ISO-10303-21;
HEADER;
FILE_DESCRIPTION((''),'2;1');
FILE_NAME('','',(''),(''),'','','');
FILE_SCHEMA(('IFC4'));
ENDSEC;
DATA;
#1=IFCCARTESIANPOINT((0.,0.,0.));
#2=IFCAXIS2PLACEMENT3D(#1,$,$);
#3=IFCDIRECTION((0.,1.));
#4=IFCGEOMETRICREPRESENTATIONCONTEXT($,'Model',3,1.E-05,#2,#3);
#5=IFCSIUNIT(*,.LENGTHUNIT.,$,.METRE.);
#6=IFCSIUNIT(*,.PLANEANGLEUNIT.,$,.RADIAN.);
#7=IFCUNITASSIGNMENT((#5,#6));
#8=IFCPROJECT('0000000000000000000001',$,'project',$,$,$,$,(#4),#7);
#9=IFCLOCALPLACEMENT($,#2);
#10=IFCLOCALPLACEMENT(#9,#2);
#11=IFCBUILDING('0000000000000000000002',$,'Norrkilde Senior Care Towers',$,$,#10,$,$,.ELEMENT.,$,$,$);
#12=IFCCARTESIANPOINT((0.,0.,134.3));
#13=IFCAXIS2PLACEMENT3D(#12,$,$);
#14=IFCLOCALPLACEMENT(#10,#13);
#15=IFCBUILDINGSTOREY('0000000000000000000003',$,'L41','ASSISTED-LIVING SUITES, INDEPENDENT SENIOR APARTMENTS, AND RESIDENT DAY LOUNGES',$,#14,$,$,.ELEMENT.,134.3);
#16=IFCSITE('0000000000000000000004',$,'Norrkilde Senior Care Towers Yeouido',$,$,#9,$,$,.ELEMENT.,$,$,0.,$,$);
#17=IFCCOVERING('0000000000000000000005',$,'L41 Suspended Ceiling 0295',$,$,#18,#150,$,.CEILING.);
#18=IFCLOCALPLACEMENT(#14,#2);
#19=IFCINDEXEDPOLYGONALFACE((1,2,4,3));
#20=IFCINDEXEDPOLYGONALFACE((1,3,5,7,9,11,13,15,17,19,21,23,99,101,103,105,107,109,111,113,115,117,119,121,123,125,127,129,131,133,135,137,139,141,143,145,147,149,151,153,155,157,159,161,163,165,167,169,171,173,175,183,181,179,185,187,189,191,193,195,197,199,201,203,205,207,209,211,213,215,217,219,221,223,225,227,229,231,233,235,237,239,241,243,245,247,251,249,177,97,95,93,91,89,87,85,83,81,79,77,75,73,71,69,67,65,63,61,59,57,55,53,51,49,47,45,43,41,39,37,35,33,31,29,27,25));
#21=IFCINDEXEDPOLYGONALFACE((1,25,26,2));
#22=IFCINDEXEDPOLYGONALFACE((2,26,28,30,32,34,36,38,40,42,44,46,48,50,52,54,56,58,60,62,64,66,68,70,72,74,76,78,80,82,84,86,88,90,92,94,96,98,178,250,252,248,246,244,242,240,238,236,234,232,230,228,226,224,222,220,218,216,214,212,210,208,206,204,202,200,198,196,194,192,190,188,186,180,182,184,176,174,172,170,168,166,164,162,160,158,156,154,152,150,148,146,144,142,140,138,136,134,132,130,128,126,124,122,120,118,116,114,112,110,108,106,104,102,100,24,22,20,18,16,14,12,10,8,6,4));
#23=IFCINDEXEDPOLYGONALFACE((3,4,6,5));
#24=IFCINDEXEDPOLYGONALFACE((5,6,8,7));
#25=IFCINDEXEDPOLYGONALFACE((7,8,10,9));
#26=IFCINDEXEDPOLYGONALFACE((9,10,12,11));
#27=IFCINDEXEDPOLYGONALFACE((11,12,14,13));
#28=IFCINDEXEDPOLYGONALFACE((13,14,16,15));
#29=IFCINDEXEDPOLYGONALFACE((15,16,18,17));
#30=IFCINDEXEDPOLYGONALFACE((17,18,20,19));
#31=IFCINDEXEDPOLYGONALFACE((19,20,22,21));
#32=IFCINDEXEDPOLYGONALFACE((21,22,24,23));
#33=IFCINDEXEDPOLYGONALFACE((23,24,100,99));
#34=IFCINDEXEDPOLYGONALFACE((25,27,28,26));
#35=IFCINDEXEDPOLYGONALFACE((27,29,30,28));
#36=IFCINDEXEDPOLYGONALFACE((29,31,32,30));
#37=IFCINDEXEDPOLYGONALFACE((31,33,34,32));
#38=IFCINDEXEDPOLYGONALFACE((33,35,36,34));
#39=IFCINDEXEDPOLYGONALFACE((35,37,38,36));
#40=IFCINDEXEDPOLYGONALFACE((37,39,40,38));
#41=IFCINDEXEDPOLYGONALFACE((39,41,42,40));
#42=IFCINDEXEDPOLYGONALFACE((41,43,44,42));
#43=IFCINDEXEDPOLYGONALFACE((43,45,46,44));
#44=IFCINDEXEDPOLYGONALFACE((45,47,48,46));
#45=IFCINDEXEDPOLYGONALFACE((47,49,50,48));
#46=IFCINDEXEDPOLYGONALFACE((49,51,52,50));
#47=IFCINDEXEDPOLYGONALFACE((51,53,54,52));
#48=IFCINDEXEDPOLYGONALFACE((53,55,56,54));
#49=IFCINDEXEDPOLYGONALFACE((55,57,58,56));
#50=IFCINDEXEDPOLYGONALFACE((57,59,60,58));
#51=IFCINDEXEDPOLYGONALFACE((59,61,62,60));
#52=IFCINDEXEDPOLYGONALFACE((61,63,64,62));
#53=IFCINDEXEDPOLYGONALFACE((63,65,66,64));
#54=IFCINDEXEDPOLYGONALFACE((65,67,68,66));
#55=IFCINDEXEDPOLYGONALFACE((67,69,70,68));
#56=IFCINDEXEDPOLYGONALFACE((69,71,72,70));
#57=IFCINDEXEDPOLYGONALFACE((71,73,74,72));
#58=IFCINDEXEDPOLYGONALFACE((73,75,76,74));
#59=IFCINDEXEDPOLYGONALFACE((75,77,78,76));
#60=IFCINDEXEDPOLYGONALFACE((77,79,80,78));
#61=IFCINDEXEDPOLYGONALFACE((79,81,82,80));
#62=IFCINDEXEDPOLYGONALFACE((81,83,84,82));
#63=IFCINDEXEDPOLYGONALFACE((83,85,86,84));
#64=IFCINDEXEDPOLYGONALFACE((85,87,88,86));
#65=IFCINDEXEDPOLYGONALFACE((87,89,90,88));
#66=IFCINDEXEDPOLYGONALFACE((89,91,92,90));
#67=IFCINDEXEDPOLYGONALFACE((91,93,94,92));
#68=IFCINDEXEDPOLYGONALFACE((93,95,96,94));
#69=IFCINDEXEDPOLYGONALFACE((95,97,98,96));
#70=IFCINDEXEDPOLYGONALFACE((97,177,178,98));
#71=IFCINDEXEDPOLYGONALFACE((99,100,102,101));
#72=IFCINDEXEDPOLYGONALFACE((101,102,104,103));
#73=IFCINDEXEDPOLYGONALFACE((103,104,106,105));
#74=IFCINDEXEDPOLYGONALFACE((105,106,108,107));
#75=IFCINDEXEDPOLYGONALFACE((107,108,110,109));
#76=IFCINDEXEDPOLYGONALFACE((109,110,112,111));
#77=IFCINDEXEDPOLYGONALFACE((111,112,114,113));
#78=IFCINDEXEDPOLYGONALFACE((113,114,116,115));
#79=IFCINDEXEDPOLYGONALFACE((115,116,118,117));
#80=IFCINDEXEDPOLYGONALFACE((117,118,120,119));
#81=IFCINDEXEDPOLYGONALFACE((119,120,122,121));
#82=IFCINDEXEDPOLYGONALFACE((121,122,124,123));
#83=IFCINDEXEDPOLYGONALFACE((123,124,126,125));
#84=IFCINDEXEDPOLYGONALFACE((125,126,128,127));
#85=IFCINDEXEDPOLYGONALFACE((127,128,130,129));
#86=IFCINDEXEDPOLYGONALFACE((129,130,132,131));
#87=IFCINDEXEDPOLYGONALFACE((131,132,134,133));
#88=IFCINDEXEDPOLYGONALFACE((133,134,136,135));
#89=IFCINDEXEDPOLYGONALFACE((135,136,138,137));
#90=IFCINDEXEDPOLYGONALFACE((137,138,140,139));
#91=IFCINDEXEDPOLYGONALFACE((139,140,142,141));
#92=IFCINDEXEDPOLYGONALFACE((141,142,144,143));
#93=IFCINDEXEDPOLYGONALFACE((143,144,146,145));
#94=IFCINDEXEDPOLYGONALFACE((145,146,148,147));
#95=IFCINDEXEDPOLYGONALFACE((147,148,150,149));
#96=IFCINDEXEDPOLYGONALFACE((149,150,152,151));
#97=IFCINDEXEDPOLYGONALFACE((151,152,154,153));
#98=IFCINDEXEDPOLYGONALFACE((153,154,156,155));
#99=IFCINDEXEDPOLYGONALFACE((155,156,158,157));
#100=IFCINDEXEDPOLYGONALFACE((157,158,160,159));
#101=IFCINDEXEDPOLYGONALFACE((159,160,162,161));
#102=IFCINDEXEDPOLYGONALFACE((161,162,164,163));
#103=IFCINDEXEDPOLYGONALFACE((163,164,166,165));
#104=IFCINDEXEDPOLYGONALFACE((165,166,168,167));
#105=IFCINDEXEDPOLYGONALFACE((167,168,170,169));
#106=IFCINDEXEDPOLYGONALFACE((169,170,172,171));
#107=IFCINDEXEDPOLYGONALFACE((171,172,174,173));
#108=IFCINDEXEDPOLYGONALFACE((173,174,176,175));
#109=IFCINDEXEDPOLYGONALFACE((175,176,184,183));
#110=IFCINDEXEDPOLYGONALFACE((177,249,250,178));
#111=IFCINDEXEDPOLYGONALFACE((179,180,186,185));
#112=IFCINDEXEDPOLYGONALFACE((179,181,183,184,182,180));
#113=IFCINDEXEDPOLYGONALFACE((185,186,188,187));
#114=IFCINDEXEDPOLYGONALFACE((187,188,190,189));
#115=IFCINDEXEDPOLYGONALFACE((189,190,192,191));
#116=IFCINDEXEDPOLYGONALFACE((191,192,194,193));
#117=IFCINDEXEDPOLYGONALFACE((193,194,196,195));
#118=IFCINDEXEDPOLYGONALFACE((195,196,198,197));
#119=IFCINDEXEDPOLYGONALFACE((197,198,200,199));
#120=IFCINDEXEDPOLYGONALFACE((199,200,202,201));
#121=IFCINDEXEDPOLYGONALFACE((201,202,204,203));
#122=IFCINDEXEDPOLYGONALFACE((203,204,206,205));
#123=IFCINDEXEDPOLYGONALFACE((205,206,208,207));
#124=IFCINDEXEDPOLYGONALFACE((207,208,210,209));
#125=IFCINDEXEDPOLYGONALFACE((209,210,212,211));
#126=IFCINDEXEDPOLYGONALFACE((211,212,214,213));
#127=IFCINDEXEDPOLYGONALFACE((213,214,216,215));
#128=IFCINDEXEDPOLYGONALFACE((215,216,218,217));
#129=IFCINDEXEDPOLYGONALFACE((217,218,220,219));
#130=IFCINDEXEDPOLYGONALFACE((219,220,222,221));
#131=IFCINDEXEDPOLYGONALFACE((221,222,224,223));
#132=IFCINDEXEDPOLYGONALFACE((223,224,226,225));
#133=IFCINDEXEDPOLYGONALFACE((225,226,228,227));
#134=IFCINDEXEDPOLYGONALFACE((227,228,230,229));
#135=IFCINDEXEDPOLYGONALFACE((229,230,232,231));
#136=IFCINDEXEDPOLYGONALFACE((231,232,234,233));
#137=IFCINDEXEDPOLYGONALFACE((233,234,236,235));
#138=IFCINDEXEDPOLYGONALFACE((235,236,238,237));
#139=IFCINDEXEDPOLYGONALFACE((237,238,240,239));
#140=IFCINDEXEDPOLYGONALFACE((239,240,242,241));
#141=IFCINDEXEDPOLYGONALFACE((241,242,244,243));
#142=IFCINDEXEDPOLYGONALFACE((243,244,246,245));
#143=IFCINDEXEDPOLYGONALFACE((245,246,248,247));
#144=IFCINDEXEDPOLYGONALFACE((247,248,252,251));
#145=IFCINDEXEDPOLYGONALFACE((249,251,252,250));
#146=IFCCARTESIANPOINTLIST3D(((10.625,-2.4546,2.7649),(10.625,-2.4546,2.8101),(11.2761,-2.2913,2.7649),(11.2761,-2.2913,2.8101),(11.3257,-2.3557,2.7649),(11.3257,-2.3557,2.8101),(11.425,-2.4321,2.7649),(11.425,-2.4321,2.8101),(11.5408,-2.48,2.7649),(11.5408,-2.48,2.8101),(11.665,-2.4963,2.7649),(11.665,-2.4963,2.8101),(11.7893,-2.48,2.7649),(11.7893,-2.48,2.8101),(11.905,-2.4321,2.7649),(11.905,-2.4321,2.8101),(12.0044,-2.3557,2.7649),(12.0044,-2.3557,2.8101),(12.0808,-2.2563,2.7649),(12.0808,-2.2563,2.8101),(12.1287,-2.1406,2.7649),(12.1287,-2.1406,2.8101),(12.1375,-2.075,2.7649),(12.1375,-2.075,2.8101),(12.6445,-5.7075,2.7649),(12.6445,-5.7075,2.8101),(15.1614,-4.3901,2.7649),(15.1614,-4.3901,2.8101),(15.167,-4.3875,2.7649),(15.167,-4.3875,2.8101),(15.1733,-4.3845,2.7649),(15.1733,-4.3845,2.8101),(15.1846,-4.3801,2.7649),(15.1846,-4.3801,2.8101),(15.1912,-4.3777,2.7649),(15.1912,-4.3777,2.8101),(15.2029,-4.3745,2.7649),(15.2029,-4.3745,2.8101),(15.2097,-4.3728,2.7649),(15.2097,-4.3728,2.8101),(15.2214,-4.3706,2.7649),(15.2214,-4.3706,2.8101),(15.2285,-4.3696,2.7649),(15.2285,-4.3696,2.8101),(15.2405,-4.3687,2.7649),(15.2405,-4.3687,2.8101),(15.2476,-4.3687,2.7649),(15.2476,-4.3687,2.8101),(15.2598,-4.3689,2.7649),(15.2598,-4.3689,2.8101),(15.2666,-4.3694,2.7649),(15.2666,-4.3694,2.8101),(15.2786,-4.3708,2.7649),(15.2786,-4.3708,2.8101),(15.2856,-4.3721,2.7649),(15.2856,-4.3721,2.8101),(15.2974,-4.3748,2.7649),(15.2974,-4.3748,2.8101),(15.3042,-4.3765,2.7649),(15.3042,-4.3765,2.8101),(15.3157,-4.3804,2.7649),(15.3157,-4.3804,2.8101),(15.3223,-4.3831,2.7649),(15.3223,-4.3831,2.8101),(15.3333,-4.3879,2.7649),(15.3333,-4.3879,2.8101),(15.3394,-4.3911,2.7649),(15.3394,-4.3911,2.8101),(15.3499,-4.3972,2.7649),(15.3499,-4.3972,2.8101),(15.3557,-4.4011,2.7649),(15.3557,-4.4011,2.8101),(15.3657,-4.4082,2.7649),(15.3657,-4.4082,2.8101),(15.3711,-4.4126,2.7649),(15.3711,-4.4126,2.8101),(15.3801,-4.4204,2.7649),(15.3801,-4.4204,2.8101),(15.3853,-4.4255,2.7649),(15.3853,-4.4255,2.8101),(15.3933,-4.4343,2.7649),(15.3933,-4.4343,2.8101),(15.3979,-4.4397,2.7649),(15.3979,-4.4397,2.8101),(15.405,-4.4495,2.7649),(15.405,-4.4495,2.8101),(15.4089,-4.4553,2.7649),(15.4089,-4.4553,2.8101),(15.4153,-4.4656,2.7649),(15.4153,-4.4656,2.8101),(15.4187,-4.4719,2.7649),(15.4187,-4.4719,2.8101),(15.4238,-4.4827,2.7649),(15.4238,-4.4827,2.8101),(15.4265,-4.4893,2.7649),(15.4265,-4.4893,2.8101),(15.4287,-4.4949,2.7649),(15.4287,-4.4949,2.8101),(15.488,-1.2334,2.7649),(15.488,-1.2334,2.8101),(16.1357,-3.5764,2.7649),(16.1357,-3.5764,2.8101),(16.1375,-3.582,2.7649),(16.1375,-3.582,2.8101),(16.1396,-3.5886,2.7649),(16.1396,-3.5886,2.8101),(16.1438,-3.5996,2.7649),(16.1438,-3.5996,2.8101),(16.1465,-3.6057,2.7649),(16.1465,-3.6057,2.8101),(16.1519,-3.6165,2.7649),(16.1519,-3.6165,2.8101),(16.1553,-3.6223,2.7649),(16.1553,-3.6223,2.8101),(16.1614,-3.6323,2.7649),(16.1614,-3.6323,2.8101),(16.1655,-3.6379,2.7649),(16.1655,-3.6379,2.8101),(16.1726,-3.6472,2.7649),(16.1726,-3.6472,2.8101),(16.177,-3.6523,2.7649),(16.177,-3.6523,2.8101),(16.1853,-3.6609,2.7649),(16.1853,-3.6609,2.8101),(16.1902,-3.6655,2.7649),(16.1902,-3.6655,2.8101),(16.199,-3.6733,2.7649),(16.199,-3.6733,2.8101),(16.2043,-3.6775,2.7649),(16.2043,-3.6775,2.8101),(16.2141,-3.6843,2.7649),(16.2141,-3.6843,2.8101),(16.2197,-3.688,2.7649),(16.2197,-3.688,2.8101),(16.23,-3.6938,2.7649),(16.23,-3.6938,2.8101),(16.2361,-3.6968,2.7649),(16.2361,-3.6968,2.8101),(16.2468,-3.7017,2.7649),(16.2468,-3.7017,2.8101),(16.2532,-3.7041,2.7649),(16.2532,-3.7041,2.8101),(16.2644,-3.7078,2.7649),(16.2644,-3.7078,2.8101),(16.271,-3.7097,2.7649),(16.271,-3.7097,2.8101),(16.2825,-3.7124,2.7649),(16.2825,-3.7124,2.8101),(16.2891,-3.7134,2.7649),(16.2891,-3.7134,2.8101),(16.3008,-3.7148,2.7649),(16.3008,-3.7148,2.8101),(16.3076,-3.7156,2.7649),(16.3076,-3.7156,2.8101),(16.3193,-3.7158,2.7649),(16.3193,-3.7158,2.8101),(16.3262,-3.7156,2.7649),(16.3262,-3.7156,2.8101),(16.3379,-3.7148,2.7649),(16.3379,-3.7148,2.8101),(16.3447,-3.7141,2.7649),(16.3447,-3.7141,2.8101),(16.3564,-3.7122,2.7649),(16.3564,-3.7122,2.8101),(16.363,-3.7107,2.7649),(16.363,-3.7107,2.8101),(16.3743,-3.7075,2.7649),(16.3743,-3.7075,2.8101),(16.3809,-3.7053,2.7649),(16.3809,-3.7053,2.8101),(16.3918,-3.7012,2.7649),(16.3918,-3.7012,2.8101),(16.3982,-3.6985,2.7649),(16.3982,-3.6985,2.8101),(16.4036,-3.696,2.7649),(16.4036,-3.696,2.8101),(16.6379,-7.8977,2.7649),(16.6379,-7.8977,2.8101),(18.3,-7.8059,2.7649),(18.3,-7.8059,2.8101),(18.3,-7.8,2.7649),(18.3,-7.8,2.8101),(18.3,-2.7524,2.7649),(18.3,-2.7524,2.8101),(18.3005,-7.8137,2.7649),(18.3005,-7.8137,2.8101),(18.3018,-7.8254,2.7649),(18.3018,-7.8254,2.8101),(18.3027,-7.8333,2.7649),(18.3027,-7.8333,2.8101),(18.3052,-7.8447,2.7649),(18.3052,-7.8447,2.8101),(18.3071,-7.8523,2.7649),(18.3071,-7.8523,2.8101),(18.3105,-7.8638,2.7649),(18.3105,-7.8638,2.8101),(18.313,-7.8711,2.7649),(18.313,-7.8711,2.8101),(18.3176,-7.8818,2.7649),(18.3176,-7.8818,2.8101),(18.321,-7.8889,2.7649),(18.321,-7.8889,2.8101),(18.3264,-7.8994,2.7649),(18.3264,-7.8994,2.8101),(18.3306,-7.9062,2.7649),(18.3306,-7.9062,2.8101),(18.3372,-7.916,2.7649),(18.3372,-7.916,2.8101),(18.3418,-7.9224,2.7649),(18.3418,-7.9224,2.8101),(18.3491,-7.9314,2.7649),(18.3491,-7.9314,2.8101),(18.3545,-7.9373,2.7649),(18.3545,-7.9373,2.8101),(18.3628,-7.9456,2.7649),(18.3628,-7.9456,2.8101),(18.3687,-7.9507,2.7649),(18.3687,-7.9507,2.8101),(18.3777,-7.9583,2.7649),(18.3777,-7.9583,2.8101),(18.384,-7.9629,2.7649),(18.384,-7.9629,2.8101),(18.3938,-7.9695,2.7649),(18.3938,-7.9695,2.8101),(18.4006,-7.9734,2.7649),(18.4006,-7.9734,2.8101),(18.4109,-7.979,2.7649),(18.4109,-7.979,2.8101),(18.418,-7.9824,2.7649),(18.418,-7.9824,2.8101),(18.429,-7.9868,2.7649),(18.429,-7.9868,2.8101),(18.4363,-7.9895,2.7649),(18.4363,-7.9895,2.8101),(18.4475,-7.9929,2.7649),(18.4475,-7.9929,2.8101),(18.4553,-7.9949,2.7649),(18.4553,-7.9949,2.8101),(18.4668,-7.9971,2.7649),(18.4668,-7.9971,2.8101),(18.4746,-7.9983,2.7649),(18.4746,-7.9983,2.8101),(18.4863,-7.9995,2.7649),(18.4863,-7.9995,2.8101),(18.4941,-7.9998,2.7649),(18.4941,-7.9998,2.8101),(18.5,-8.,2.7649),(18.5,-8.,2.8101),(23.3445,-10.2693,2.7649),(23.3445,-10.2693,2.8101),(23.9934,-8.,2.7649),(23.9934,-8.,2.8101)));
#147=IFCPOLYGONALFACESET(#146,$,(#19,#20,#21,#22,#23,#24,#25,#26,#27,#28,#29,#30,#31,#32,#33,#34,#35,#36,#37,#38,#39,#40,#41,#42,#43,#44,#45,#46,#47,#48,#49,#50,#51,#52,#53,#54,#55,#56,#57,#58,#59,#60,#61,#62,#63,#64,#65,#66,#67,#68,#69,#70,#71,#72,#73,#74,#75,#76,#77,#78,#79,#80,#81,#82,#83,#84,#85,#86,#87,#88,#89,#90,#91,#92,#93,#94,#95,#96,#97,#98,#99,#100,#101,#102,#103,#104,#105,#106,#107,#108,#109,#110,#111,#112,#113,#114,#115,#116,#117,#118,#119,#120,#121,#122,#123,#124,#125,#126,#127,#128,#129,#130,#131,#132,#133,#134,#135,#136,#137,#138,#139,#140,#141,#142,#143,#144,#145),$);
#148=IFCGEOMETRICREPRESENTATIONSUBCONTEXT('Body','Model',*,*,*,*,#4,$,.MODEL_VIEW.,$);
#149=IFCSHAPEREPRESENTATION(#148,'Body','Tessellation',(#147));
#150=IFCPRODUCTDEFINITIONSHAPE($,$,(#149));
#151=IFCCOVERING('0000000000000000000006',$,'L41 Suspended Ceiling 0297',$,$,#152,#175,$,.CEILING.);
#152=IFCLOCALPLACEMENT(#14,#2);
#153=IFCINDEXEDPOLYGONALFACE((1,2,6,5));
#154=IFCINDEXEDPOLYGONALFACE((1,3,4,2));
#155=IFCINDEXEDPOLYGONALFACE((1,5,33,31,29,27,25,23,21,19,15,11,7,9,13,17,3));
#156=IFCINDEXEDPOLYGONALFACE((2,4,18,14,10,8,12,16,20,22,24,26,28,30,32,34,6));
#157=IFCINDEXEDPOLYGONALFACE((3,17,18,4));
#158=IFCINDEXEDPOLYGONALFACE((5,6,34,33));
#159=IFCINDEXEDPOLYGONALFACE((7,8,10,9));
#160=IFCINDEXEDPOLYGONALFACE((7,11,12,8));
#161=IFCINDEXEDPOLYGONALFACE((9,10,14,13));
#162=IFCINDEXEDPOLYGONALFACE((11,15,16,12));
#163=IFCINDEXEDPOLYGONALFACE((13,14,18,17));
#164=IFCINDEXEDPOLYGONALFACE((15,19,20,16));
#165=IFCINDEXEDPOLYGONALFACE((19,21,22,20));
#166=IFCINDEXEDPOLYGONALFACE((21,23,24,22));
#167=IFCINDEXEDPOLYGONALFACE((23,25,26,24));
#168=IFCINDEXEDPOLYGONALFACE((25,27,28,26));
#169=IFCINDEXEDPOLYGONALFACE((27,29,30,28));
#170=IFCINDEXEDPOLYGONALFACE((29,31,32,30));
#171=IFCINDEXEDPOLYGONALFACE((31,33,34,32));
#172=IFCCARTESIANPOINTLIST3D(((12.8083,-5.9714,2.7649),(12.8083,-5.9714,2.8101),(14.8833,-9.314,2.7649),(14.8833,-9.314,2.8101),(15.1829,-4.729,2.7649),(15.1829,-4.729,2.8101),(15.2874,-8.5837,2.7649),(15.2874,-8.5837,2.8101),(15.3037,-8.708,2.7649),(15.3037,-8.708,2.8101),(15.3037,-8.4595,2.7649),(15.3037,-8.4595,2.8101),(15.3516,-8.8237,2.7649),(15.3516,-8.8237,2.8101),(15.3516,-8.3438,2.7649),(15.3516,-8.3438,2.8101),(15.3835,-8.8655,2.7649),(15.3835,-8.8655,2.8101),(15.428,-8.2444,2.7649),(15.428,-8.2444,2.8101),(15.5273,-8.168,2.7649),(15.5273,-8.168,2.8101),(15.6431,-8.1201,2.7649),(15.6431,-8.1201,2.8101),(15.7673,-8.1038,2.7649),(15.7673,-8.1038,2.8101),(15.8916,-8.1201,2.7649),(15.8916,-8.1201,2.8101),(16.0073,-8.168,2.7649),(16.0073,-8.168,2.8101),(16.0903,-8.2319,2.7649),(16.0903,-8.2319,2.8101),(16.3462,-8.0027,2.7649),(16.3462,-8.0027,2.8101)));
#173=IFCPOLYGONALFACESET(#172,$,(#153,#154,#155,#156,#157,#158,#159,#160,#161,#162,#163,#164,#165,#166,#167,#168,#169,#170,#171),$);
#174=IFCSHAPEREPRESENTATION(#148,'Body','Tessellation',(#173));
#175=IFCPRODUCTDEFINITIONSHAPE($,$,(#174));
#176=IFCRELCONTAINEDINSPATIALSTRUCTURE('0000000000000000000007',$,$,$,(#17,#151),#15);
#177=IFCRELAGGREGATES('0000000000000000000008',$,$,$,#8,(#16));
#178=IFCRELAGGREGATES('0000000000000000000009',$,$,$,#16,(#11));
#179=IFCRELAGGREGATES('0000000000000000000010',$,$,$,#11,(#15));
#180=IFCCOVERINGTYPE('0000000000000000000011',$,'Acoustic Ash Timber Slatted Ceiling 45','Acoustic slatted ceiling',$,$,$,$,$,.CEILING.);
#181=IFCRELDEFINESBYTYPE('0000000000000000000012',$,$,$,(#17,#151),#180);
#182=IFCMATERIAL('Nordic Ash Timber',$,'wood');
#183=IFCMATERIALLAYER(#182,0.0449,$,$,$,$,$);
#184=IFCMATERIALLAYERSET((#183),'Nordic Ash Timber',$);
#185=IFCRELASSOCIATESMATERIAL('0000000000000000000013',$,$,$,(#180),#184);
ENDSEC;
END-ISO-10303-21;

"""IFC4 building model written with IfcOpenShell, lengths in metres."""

from ifc_helpers import new_model, si_unit, direction, frame, origin, place, context, subcontext, project, spatial, polyline, outline, extrude, material, layer, layer_set, type_object, element, save


model = new_model("IFC4")

# Units and contexts
model_context = context("Model", 3, precision=1e-05, world=origin(), true_north=direction((0.0, 1.0)))
body_context = subcontext(model_context, "Body", "Model", "MODEL_VIEW")
ifc_project = project(units=[si_unit("LENGTHUNIT", "METRE"), si_unit("PLANEANGLEUNIT", "RADIAN")], contexts=[model_context])

# Site, building, storey
site_placement = place(None, origin())
site = spatial("IfcSite", under=ifc_project, at=site_placement, Name="Norrkilde Senior Care Towers Yeouido", CompositionType="ELEMENT", RefElevation=0.0)
building_placement = place(site_placement, origin())
building = spatial("IfcBuilding", under=site, at=building_placement, Name="Norrkilde Senior Care Towers", CompositionType="ELEMENT")
storey_placement = place(building_placement, frame((0.0, 0.0, 134.3)))
storey = spatial("IfcBuildingStorey", under=building, at=storey_placement, Name="L41", Description="ASSISTED-LIVING SUITES, INDEPENDENT SENIOR APARTMENTS, AND RESIDENT DAY LOUNGES", CompositionType="ELEMENT", Elevation=134.3)

# Coverings
ifc_material_1 = material(Name="Nordic Ash Timber", Category="wood")
ifc_layer_1 = layer(ifc_material_1, 0.0449)
ifc_layer_set_1 = layer_set([ifc_layer_1], Name="Nordic Ash Timber")
covering_type_1 = type_object("IfcCoveringType", Name="Acoustic Ash Timber Slatted Ceiling 45", Description="Acoustic slatted ceiling", PredefinedType="CEILING", material=ifc_layer_set_1)
covering_1_placement = place(storey_placement, frame((0.0, 0.0, 2.7649)))
element("IfcCovering", 1, at=covering_1_placement, inside=storey, type_object=covering_type_1, Name="L41 Suspended Ceiling 0295", PredefinedType="CEILING", context=body_context, shape_type="SweptSolid", body=[
    extrude(outline(polyline([(16.1438, -3.5996), (16.1465, -3.6057), (16.1519, -3.6165), (16.1553, -3.6223), (16.1614, -3.6323), (16.1655, -3.6379), (16.1726, -3.6472), (16.177, -3.6523), (16.1853, -3.6609), (16.1902, -3.6655), (16.199, -3.6733), (16.2043, -3.6775), (16.2141, -3.6843), (16.2197, -3.688), (16.23, -3.6938), (16.2361, -3.6968), (16.2468, -3.7017), (16.2532, -3.7041), (16.2644, -3.7078), (16.271, -3.7097), (16.2825, -3.7124), (16.2891, -3.7134), (16.3008, -3.7148), (16.3076, -3.7156), (16.3193, -3.7158), (16.3262, -3.7156), (16.3379, -3.7148), (16.3447, -3.7141), (16.3564, -3.7122), (16.363, -3.7107), (16.3743, -3.7075), (16.3809, -3.7053), (16.3918, -3.7012), (16.3982, -3.6985), (16.4036, -3.696), (18.3, -2.7524), (18.3, -7.8), (18.3, -7.8059), (18.3005, -7.8137), (18.3018, -7.8254), (18.3027, -7.8333), (18.3052, -7.8447), (18.3071, -7.8523), (18.3105, -7.8638), (18.313, -7.8711), (18.3176, -7.8818), (18.321, -7.8889), (18.3264, -7.8994), (18.3306, -7.9062), (18.3372, -7.916), (18.3418, -7.9224), (18.3491, -7.9314), (18.3545, -7.9373), (18.3628, -7.9456), (18.3687, -7.9507), (18.3777, -7.9583), (18.384, -7.9629), (18.3938, -7.9695), (18.4006, -7.9734), (18.4109, -7.979), (18.418, -7.9824), (18.429, -7.9868), (18.4363, -7.9895), (18.4475, -7.9929), (18.4553, -7.9949), (18.4668, -7.9971), (18.4746, -7.9983), (18.4863, -7.9995), (18.4941, -7.9998), (18.5, -8.0), (23.9934, -8.0), (23.3445, -10.2693), (16.6379, -7.8977), (15.4287, -4.4949), (15.4265, -4.4893), (15.4238, -4.4827), (15.4187, -4.4719), (15.4153, -4.4656), (15.4089, -4.4553), (15.405, -4.4495), (15.3979, -4.4397), (15.3933, -4.4343), (15.3853, -4.4255), (15.3801, -4.4204), (15.3711, -4.4126), (15.3657, -4.4082), (15.3557, -4.4011), (15.3499, -4.3972), (15.3394, -4.3911), (15.3333, -4.3879), (15.3223, -4.3831), (15.3157, -4.3804), (15.3042, -4.3765), (15.2974, -4.3748), (15.2856, -4.3721), (15.2786, -4.3708), (15.2666, -4.3694), (15.2598, -4.3689), (15.2476, -4.3687), (15.2405, -4.3687), (15.2285, -4.3696), (15.2214, -4.3706), (15.2097, -4.3728), (15.2029, -4.3745), (15.1912, -4.3777), (15.1846, -4.3801), (15.1733, -4.3845), (15.167, -4.3875), (15.1614, -4.3901), (12.6445, -5.7075), (10.625, -2.4546), (11.2761, -2.2913), (11.3257, -2.3557), (11.425, -2.4321), (11.5408, -2.48), (11.665, -2.4963), (11.7893, -2.48), (11.905, -2.4321), (12.0044, -2.3557), (12.0808, -2.2563), (12.1287, -2.1406), (12.1375, -2.075), (15.488, -1.2334), (16.1357, -3.5764), (16.1375, -3.582), (16.1396, -3.5886), (16.1438, -3.5996)])), origin(), (0.0, 0.0, 1.0), 0.0452),
])
covering_2_placement = place(storey_placement, frame((0.0, 0.0, 2.7649)))
element("IfcCovering", 2, at=covering_2_placement, inside=storey, type_object=covering_type_1, Name="L41 Suspended Ceiling 0297", PredefinedType="CEILING", context=body_context, shape_type="SweptSolid", body=[
    extrude(outline(polyline([(15.1829, -4.729), (16.3462, -8.0027), (16.0903, -8.2319), (16.0073, -8.168), (15.8916, -8.1201), (15.7673, -8.1038), (15.6431, -8.1201), (15.5273, -8.168), (15.428, -8.2444), (15.3516, -8.3438), (15.3037, -8.4595), (15.2874, -8.5837), (15.3037, -8.708), (15.3516, -8.8237), (15.3835, -8.8655), (14.8833, -9.314), (12.8083, -5.9714), (15.1829, -4.729)])), origin(), (0.0, 0.0, 1.0), 0.0452),
])

save(model, "model.ifc")
